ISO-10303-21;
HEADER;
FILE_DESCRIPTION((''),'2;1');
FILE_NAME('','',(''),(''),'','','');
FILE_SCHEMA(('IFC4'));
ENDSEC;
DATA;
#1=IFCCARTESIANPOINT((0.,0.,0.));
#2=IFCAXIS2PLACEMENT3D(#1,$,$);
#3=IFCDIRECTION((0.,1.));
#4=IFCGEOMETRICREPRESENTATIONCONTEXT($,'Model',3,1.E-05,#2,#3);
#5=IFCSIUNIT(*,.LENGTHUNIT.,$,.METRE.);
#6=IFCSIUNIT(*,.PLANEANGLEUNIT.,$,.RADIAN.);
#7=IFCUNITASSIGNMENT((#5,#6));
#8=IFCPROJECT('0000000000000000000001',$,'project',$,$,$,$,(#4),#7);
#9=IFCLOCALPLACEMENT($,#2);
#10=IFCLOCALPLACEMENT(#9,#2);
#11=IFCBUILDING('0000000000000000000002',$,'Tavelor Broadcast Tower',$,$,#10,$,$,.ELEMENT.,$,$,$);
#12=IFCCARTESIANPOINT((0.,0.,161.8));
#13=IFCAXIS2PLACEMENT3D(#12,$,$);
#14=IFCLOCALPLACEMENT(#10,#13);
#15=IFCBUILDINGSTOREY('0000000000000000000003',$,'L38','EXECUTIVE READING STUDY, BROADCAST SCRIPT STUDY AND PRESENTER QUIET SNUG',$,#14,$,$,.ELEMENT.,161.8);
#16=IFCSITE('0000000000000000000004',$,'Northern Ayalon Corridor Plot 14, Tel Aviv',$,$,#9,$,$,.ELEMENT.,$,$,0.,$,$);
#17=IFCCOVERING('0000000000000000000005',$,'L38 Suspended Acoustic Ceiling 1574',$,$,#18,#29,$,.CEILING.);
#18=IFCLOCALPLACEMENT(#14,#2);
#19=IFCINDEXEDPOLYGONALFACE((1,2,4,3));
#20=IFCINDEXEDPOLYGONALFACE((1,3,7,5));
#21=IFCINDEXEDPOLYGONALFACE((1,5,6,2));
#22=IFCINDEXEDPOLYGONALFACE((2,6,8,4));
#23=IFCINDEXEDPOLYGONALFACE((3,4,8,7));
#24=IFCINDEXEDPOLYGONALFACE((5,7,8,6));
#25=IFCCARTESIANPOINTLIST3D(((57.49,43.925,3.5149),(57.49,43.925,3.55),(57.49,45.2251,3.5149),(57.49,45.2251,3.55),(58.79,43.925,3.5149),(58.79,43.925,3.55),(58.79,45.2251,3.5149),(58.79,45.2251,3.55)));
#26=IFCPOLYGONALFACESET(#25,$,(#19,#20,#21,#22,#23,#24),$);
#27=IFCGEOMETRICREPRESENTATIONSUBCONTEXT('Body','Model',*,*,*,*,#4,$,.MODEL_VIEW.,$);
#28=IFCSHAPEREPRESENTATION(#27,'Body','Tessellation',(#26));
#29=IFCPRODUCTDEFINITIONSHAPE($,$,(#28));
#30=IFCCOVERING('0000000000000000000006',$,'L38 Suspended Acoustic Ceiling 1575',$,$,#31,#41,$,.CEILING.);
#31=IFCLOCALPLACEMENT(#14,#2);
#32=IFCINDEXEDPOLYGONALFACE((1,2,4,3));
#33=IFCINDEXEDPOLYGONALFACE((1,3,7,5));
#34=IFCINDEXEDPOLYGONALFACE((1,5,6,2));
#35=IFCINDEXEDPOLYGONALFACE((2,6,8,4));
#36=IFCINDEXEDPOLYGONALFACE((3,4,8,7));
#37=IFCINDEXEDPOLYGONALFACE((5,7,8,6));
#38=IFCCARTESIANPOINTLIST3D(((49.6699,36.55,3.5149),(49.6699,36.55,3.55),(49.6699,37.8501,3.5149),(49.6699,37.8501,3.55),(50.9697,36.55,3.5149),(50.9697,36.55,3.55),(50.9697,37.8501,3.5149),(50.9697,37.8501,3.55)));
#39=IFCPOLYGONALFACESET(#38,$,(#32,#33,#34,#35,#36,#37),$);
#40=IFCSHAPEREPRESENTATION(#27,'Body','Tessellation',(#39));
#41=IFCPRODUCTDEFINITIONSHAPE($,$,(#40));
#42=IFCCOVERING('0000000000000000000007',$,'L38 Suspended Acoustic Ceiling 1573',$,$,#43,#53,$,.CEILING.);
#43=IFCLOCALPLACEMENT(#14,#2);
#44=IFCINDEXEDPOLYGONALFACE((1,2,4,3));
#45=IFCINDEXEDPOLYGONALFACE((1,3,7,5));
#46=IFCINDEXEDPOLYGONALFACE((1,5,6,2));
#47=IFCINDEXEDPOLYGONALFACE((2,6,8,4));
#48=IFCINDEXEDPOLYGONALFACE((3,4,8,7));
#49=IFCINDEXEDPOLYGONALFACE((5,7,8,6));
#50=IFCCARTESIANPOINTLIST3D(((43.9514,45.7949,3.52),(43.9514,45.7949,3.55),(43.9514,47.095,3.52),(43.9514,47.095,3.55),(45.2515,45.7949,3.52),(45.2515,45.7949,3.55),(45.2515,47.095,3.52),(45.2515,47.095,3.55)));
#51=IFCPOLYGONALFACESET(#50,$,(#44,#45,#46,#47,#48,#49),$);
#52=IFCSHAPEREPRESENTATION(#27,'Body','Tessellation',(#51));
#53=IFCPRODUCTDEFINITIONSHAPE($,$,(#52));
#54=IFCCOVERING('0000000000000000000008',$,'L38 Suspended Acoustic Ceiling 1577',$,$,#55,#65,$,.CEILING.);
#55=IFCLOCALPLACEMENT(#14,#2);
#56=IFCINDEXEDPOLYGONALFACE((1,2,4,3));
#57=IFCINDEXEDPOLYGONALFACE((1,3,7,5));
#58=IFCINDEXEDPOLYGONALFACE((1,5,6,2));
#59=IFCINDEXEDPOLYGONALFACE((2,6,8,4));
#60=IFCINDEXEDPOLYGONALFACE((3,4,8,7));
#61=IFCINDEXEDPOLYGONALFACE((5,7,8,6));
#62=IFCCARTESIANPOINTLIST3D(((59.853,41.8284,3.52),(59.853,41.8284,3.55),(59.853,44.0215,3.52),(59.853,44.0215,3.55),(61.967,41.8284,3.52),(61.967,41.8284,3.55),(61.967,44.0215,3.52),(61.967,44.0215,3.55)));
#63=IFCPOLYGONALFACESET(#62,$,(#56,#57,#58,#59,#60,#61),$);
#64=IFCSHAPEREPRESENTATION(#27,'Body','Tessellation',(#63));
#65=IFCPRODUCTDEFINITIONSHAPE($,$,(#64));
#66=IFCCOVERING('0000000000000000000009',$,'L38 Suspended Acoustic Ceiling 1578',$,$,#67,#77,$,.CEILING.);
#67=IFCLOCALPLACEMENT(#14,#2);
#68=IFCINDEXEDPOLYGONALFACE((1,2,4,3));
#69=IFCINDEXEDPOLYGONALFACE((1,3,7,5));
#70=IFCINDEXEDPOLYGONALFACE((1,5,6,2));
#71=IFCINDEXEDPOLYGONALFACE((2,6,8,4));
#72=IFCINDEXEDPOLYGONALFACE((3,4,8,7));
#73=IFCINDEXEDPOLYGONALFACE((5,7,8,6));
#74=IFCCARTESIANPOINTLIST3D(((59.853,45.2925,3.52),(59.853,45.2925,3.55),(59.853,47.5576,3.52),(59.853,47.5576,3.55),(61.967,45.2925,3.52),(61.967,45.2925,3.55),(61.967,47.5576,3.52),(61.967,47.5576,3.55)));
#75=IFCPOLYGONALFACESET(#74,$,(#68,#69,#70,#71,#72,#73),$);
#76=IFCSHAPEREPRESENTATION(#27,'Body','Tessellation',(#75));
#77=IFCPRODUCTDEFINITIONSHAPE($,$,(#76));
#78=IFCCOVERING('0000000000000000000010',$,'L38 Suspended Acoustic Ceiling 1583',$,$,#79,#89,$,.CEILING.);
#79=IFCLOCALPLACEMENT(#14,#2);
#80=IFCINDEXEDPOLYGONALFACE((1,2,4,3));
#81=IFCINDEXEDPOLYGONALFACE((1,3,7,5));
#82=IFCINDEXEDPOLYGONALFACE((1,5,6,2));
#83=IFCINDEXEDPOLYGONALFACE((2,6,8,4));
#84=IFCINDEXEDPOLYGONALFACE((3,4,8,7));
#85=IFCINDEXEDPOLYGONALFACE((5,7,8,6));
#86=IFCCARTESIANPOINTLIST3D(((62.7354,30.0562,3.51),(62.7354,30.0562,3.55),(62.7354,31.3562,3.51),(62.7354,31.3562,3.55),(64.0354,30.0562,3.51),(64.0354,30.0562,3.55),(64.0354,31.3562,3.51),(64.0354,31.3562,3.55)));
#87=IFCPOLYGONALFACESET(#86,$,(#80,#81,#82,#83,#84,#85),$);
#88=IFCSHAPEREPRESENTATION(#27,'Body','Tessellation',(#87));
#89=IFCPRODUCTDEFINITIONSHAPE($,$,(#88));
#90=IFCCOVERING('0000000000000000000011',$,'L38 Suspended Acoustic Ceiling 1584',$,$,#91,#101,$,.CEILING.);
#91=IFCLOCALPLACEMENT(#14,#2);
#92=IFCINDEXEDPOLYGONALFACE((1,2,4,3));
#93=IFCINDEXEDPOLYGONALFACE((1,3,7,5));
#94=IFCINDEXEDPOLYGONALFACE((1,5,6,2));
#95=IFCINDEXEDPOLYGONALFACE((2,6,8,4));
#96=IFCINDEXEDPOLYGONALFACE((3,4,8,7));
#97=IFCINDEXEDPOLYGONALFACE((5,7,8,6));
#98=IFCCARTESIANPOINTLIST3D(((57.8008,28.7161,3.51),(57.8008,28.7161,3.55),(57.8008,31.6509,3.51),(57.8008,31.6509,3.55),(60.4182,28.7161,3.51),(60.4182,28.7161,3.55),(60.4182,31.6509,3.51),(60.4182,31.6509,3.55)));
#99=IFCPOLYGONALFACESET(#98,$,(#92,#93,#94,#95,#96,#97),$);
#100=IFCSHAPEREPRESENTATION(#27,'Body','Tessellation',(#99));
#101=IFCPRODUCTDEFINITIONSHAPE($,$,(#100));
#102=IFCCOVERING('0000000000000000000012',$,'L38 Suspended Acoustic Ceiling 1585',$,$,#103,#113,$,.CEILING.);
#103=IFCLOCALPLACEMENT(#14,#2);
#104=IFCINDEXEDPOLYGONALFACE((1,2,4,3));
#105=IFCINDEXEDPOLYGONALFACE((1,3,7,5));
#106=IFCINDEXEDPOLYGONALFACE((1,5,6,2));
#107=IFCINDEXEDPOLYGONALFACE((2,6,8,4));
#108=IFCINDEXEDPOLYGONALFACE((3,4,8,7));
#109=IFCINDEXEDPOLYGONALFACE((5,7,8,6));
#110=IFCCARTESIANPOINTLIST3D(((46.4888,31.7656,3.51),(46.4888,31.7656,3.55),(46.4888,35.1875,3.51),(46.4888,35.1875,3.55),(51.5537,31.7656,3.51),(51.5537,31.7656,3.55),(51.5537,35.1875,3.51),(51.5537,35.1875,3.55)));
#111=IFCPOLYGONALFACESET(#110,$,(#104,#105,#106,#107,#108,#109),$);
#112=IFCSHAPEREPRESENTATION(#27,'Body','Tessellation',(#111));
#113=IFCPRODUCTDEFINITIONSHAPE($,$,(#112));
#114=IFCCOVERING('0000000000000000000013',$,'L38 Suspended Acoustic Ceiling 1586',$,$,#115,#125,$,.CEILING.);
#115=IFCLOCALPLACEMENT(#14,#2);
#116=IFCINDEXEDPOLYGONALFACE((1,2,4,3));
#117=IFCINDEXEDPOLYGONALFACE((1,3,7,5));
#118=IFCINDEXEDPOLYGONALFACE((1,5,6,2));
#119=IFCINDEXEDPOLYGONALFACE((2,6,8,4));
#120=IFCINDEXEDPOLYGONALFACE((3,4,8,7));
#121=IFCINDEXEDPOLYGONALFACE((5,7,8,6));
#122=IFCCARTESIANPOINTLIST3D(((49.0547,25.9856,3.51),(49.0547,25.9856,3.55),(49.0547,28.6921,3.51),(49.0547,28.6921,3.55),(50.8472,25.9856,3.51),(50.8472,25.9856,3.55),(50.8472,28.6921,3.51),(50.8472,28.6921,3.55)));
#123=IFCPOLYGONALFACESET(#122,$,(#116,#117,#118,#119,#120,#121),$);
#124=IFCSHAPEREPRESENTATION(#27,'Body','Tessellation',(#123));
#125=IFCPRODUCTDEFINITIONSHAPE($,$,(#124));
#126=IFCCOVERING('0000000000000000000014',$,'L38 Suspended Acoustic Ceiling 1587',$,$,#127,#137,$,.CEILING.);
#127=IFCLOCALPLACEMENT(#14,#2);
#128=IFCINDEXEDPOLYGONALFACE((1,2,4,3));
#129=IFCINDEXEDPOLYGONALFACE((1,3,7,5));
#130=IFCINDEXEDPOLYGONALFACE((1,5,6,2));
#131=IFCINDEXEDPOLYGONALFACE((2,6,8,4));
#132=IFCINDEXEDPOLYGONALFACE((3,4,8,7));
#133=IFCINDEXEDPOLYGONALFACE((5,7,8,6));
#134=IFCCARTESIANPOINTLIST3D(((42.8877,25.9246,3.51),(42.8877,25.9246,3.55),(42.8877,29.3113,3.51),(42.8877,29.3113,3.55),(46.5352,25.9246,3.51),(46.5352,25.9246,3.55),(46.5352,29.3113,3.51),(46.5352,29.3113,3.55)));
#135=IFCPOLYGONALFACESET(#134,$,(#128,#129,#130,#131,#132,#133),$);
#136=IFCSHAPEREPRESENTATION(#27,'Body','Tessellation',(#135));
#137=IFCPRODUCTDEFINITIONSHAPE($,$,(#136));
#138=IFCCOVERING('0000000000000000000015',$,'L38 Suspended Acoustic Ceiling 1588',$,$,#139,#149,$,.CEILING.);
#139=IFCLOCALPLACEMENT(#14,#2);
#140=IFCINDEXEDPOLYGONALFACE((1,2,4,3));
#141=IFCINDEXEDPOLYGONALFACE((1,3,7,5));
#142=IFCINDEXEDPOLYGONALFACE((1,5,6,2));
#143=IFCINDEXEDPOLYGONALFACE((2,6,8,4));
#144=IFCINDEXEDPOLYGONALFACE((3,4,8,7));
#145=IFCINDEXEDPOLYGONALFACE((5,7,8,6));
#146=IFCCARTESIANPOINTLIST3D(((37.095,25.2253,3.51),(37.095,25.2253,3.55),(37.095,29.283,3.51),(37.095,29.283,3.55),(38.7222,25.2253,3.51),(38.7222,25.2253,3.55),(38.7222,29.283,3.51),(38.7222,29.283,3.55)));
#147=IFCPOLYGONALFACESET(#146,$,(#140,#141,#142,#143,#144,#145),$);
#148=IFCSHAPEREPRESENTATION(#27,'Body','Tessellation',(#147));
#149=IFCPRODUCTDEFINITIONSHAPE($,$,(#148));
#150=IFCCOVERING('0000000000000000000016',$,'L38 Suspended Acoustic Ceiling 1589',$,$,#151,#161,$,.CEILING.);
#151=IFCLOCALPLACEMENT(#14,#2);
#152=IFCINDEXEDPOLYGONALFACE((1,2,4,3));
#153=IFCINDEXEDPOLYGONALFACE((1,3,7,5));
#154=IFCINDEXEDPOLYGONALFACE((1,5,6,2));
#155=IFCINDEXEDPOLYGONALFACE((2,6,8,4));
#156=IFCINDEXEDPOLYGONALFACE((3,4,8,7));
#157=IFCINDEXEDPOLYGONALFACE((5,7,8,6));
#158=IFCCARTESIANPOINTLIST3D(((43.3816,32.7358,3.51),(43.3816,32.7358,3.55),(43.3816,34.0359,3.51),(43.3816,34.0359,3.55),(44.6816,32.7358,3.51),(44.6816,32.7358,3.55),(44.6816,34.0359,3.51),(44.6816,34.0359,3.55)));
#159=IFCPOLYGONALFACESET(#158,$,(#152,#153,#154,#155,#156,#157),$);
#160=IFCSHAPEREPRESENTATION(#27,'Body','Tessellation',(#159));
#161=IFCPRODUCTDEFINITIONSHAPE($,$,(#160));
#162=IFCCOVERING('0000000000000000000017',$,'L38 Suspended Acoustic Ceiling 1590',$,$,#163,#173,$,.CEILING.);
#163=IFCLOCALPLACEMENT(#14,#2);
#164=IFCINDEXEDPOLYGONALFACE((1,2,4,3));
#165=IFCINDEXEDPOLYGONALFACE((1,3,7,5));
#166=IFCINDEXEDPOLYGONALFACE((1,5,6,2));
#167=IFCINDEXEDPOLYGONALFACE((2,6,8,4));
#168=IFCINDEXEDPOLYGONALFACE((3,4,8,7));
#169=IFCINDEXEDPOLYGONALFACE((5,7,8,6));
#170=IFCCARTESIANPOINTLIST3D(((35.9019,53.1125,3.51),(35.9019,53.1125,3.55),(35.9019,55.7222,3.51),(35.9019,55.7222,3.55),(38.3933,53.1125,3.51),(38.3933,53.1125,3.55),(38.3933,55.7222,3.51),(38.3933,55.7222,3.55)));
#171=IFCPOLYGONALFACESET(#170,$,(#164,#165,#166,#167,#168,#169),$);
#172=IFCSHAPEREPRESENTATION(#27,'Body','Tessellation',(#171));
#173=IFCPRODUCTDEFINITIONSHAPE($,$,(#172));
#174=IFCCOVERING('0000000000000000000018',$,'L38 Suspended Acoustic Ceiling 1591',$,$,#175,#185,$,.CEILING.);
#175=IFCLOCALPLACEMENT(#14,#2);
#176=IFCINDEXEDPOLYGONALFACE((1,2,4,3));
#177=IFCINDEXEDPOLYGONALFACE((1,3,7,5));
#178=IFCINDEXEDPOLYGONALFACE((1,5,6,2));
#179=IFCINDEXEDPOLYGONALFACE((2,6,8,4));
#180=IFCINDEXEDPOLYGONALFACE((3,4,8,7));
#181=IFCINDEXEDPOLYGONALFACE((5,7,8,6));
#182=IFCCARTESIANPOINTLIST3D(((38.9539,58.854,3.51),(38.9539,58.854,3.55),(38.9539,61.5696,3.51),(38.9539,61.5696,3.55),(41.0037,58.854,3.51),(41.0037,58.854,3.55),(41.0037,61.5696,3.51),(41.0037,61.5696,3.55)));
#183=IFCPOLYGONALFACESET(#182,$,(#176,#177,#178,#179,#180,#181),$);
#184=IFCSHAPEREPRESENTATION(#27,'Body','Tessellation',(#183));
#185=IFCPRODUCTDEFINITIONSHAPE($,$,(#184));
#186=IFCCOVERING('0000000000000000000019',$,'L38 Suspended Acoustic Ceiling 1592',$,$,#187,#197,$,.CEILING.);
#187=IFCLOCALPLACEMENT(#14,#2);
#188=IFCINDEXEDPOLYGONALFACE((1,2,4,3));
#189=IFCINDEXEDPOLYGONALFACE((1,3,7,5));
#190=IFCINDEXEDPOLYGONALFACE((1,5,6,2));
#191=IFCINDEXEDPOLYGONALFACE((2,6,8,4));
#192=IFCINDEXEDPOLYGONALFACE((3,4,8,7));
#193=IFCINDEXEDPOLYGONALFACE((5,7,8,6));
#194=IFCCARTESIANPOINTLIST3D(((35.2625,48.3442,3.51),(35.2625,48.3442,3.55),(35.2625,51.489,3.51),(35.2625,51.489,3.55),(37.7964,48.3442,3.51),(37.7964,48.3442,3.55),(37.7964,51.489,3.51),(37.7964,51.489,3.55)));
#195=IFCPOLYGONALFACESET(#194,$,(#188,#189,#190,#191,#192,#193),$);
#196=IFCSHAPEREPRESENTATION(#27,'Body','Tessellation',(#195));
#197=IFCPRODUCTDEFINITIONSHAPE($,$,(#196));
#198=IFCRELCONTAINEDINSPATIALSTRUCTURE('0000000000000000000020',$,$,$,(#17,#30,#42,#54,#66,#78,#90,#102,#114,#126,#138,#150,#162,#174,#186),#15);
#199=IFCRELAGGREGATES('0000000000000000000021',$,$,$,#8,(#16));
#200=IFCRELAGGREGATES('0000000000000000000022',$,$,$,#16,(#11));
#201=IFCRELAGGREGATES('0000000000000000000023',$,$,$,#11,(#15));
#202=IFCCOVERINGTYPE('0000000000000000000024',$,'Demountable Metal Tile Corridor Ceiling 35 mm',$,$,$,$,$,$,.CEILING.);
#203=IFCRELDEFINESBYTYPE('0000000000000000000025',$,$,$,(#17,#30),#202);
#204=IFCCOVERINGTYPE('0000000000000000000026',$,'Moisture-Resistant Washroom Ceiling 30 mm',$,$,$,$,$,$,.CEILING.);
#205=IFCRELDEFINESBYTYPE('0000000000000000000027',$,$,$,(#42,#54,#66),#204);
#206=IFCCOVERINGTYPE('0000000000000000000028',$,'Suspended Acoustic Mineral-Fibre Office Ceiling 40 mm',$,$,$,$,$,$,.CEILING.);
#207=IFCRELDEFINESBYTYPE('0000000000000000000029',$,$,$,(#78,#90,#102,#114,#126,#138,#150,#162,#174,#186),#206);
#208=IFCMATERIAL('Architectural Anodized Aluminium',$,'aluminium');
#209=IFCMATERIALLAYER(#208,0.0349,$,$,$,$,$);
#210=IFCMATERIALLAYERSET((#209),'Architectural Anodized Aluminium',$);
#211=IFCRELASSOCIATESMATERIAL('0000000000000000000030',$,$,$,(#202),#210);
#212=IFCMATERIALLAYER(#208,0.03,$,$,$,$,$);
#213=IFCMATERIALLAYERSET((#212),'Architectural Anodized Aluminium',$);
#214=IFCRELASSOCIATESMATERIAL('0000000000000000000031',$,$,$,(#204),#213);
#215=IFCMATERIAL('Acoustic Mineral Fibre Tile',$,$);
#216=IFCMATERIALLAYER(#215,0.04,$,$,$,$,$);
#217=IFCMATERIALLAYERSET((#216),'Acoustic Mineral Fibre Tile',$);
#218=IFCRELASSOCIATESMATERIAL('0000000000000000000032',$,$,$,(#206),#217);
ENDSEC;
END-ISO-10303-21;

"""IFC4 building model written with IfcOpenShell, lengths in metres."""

from ifc_helpers import new_model, si_unit, direction, frame, origin, place, context, subcontext, project, spatial, polyline, outline, extrude, material, layer, layer_set, type_object, element, save


model = new_model("IFC4")

# Units and contexts
model_context = context("Model", 3, precision=1e-05, world=origin(), true_north=direction((0.0, 1.0)))
body_context = subcontext(model_context, "Body", "Model", "MODEL_VIEW")
ifc_project = project(units=[si_unit("LENGTHUNIT", "METRE"), si_unit("PLANEANGLEUNIT", "RADIAN")], contexts=[model_context])

# Site, building, storey
site_placement = place(None, origin())
site = spatial("IfcSite", under=ifc_project, at=site_placement, Name="Northern Ayalon Corridor Plot 14, Tel Aviv", CompositionType="ELEMENT", RefElevation=0.0)
building_placement = place(site_placement, origin())
building = spatial("IfcBuilding", under=site, at=building_placement, Name="Tavelor Broadcast Tower", CompositionType="ELEMENT")
storey_placement = place(building_placement, frame((0.0, 0.0, 161.8)))
storey = spatial("IfcBuildingStorey", under=building, at=storey_placement, Name="L38", Description="EXECUTIVE READING STUDY, BROADCAST SCRIPT STUDY AND PRESENTER QUIET SNUG", CompositionType="ELEMENT", Elevation=161.8)

# Coverings
ifc_material_1 = material(Name="Architectural Anodized Aluminium", Category="aluminium")
ifc_layer_1 = layer(ifc_material_1, 0.0349)
ifc_layer_set_1 = layer_set([ifc_layer_1], Name="Architectural Anodized Aluminium")
covering_type_1 = type_object("IfcCoveringType", Name="Demountable Metal Tile Corridor Ceiling 35 mm", PredefinedType="CEILING", material=ifc_layer_set_1)
covering_1_placement = place(storey_placement, frame((0.0, 0.0, 3.5149)))
element("IfcCovering", 1, at=covering_1_placement, inside=storey, type_object=covering_type_1, Name="L38 Suspended Acoustic Ceiling 1574", PredefinedType="CEILING", context=body_context, shape_type="SweptSolid", body=[
    extrude(outline(polyline([(57.49, 43.925), (58.79, 43.925), (58.79, 45.2251), (57.49, 45.2251), (57.49, 43.925)])), origin(), (0.0, 0.0, 1.0), 0.0352),
])
covering_2_placement = place(storey_placement, frame((0.0, 0.0, 3.5149)))
element("IfcCovering", 2, at=covering_2_placement, inside=storey, type_object=covering_type_1, Name="L38 Suspended Acoustic Ceiling 1575", PredefinedType="CEILING", context=body_context, shape_type="SweptSolid", body=[
    extrude(outline(polyline([(49.6699, 36.55), (50.9697, 36.55), (50.9697, 37.8501), (49.6699, 37.8501), (49.6699, 36.55)])), origin(), (0.0, 0.0, 1.0), 0.0352),
])
ifc_layer_2 = layer(ifc_material_1, 0.03)
ifc_layer_set_2 = layer_set([ifc_layer_2], Name="Architectural Anodized Aluminium")
covering_type_2 = type_object("IfcCoveringType", Name="Moisture-Resistant Washroom Ceiling 30 mm", PredefinedType="CEILING", material=ifc_layer_set_2)
covering_3_placement = place(storey_placement, frame((0.0, 0.0, 3.52)))
element("IfcCovering", 3, at=covering_3_placement, inside=storey, type_object=covering_type_2, Name="L38 Suspended Acoustic Ceiling 1573", PredefinedType="CEILING", context=body_context, shape_type="SweptSolid", body=[
    extrude(outline(polyline([(43.9514, 45.7949), (45.2515, 45.7949), (45.2515, 47.095), (43.9514, 47.095), (43.9514, 45.7949)])), origin(), (0.0, 0.0, 1.0), 0.03),
])
covering_4_placement = place(storey_placement, frame((0.0, 0.0, 3.52)))
element("IfcCovering", 4, at=covering_4_placement, inside=storey, type_object=covering_type_2, Name="L38 Suspended Acoustic Ceiling 1577", PredefinedType="CEILING", context=body_context, shape_type="SweptSolid", body=[
    extrude(outline(polyline([(59.853, 41.8284), (61.967, 41.8284), (61.967, 44.0215), (59.853, 44.0215), (59.853, 41.8284)])), origin(), (0.0, 0.0, 1.0), 0.03),
])
covering_5_placement = place(storey_placement, frame((0.0, 0.0, 3.52)))
element("IfcCovering", 5, at=covering_5_placement, inside=storey, type_object=covering_type_2, Name="L38 Suspended Acoustic Ceiling 1578", PredefinedType="CEILING", context=body_context, shape_type="SweptSolid", body=[
    extrude(outline(polyline([(59.853, 45.2925), (61.967, 45.2925), (61.967, 47.5576), (59.853, 47.5576), (59.853, 45.2925)])), origin(), (0.0, 0.0, 1.0), 0.03),
])
ifc_material_2 = material(Name="Acoustic Mineral Fibre Tile")
ifc_layer_3 = layer(ifc_material_2, 0.04)
ifc_layer_set_3 = layer_set([ifc_layer_3], Name="Acoustic Mineral Fibre Tile")
covering_type_3 = type_object("IfcCoveringType", Name="Suspended Acoustic Mineral-Fibre Office Ceiling 40 mm", PredefinedType="CEILING", material=ifc_layer_set_3)
covering_6_placement = place(storey_placement, frame((0.0, 0.0, 3.51)))
element("IfcCovering", 6, at=covering_6_placement, inside=storey, type_object=covering_type_3, Name="L38 Suspended Acoustic Ceiling 1583", PredefinedType="CEILING", context=body_context, shape_type="SweptSolid", body=[
    extrude(outline(polyline([(62.7354, 30.0562), (64.0354, 30.0562), (64.0354, 31.3562), (62.7354, 31.3562), (62.7354, 30.0562)])), origin(), (0.0, 0.0, 1.0), 0.04),
])
covering_7_placement = place(storey_placement, frame((0.0, 0.0, 3.51)))
element("IfcCovering", 7, at=covering_7_placement, inside=storey, type_object=covering_type_3, Name="L38 Suspended Acoustic Ceiling 1584", PredefinedType="CEILING", context=body_context, shape_type="SweptSolid", body=[
    extrude(outline(polyline([(57.8008, 28.7161), (60.4182, 28.7161), (60.4182, 31.6509), (57.8008, 31.6509), (57.8008, 28.7161)])), origin(), (0.0, 0.0, 1.0), 0.04),
])
covering_8_placement = place(storey_placement, frame((0.0, 0.0, 3.51)))
element("IfcCovering", 8, at=covering_8_placement, inside=storey, type_object=covering_type_3, Name="L38 Suspended Acoustic Ceiling 1585", PredefinedType="CEILING", context=body_context, shape_type="SweptSolid", body=[
    extrude(outline(polyline([(46.4888, 31.7656), (51.5537, 31.7656), (51.5537, 35.1875), (46.4888, 35.1875), (46.4888, 31.7656)])), origin(), (0.0, 0.0, 1.0), 0.04),
])
covering_9_placement = place(storey_placement, frame((0.0, 0.0, 3.51)))
element("IfcCovering", 9, at=covering_9_placement, inside=storey, type_object=covering_type_3, Name="L38 Suspended Acoustic Ceiling 1586", PredefinedType="CEILING", context=body_context, shape_type="SweptSolid", body=[
    extrude(outline(polyline([(49.0547, 25.9856), (50.8472, 25.9856), (50.8472, 28.6921), (49.0547, 28.6921), (49.0547, 25.9856)])), origin(), (0.0, 0.0, 1.0), 0.04),
])
covering_10_placement = place(storey_placement, frame((0.0, 0.0, 3.51)))
element("IfcCovering", 10, at=covering_10_placement, inside=storey, type_object=covering_type_3, Name="L38 Suspended Acoustic Ceiling 1587", PredefinedType="CEILING", context=body_context, shape_type="SweptSolid", body=[
    extrude(outline(polyline([(42.8877, 25.9246), (46.5352, 25.9246), (46.5352, 29.3113), (42.8877, 29.3113), (42.8877, 25.9246)])), origin(), (0.0, 0.0, 1.0), 0.04),
])
covering_11_placement = place(storey_placement, frame((0.0, 0.0, 3.51)))
element("IfcCovering", 11, at=covering_11_placement, inside=storey, type_object=covering_type_3, Name="L38 Suspended Acoustic Ceiling 1588", PredefinedType="CEILING", context=body_context, shape_type="SweptSolid", body=[
    extrude(outline(polyline([(37.095, 25.2253), (38.7222, 25.2253), (38.7222, 29.283), (37.095, 29.283), (37.095, 25.2253)])), origin(), (0.0, 0.0, 1.0), 0.04),
])
covering_12_placement = place(storey_placement, frame((0.0, 0.0, 3.51)))
element("IfcCovering", 12, at=covering_12_placement, inside=storey, type_object=covering_type_3, Name="L38 Suspended Acoustic Ceiling 1589", PredefinedType="CEILING", context=body_context, shape_type="SweptSolid", body=[
    extrude(outline(polyline([(43.3816, 32.7358), (44.6816, 32.7358), (44.6816, 34.0359), (43.3816, 34.0359), (43.3816, 32.7358)])), origin(), (0.0, 0.0, 1.0), 0.04),
])
covering_13_placement = place(storey_placement, frame((0.0, 0.0, 3.51)))
element("IfcCovering", 13, at=covering_13_placement, inside=storey, type_object=covering_type_3, Name="L38 Suspended Acoustic Ceiling 1590", PredefinedType="CEILING", context=body_context, shape_type="SweptSolid", body=[
    extrude(outline(polyline([(35.9019, 53.1125), (38.3933, 53.1125), (38.3933, 55.7222), (35.9019, 55.7222), (35.9019, 53.1125)])), origin(), (0.0, 0.0, 1.0), 0.04),
])
covering_14_placement = place(storey_placement, frame((0.0, 0.0, 3.51)))
element("IfcCovering", 14, at=covering_14_placement, inside=storey, type_object=covering_type_3, Name="L38 Suspended Acoustic Ceiling 1591", PredefinedType="CEILING", context=body_context, shape_type="SweptSolid", body=[
    extrude(outline(polyline([(38.9539, 58.854), (41.0037, 58.854), (41.0037, 61.5696), (38.9539, 61.5696), (38.9539, 58.854)])), origin(), (0.0, 0.0, 1.0), 0.04),
])
covering_15_placement = place(storey_placement, frame((0.0, 0.0, 3.51)))
element("IfcCovering", 15, at=covering_15_placement, inside=storey, type_object=covering_type_3, Name="L38 Suspended Acoustic Ceiling 1592", PredefinedType="CEILING", context=body_context, shape_type="SweptSolid", body=[
    extrude(outline(polyline([(35.2625, 48.3442), (37.7964, 48.3442), (37.7964, 51.489), (35.2625, 51.489), (35.2625, 48.3442)])), origin(), (0.0, 0.0, 1.0), 0.04),
])

save(model, "model.ifc")
